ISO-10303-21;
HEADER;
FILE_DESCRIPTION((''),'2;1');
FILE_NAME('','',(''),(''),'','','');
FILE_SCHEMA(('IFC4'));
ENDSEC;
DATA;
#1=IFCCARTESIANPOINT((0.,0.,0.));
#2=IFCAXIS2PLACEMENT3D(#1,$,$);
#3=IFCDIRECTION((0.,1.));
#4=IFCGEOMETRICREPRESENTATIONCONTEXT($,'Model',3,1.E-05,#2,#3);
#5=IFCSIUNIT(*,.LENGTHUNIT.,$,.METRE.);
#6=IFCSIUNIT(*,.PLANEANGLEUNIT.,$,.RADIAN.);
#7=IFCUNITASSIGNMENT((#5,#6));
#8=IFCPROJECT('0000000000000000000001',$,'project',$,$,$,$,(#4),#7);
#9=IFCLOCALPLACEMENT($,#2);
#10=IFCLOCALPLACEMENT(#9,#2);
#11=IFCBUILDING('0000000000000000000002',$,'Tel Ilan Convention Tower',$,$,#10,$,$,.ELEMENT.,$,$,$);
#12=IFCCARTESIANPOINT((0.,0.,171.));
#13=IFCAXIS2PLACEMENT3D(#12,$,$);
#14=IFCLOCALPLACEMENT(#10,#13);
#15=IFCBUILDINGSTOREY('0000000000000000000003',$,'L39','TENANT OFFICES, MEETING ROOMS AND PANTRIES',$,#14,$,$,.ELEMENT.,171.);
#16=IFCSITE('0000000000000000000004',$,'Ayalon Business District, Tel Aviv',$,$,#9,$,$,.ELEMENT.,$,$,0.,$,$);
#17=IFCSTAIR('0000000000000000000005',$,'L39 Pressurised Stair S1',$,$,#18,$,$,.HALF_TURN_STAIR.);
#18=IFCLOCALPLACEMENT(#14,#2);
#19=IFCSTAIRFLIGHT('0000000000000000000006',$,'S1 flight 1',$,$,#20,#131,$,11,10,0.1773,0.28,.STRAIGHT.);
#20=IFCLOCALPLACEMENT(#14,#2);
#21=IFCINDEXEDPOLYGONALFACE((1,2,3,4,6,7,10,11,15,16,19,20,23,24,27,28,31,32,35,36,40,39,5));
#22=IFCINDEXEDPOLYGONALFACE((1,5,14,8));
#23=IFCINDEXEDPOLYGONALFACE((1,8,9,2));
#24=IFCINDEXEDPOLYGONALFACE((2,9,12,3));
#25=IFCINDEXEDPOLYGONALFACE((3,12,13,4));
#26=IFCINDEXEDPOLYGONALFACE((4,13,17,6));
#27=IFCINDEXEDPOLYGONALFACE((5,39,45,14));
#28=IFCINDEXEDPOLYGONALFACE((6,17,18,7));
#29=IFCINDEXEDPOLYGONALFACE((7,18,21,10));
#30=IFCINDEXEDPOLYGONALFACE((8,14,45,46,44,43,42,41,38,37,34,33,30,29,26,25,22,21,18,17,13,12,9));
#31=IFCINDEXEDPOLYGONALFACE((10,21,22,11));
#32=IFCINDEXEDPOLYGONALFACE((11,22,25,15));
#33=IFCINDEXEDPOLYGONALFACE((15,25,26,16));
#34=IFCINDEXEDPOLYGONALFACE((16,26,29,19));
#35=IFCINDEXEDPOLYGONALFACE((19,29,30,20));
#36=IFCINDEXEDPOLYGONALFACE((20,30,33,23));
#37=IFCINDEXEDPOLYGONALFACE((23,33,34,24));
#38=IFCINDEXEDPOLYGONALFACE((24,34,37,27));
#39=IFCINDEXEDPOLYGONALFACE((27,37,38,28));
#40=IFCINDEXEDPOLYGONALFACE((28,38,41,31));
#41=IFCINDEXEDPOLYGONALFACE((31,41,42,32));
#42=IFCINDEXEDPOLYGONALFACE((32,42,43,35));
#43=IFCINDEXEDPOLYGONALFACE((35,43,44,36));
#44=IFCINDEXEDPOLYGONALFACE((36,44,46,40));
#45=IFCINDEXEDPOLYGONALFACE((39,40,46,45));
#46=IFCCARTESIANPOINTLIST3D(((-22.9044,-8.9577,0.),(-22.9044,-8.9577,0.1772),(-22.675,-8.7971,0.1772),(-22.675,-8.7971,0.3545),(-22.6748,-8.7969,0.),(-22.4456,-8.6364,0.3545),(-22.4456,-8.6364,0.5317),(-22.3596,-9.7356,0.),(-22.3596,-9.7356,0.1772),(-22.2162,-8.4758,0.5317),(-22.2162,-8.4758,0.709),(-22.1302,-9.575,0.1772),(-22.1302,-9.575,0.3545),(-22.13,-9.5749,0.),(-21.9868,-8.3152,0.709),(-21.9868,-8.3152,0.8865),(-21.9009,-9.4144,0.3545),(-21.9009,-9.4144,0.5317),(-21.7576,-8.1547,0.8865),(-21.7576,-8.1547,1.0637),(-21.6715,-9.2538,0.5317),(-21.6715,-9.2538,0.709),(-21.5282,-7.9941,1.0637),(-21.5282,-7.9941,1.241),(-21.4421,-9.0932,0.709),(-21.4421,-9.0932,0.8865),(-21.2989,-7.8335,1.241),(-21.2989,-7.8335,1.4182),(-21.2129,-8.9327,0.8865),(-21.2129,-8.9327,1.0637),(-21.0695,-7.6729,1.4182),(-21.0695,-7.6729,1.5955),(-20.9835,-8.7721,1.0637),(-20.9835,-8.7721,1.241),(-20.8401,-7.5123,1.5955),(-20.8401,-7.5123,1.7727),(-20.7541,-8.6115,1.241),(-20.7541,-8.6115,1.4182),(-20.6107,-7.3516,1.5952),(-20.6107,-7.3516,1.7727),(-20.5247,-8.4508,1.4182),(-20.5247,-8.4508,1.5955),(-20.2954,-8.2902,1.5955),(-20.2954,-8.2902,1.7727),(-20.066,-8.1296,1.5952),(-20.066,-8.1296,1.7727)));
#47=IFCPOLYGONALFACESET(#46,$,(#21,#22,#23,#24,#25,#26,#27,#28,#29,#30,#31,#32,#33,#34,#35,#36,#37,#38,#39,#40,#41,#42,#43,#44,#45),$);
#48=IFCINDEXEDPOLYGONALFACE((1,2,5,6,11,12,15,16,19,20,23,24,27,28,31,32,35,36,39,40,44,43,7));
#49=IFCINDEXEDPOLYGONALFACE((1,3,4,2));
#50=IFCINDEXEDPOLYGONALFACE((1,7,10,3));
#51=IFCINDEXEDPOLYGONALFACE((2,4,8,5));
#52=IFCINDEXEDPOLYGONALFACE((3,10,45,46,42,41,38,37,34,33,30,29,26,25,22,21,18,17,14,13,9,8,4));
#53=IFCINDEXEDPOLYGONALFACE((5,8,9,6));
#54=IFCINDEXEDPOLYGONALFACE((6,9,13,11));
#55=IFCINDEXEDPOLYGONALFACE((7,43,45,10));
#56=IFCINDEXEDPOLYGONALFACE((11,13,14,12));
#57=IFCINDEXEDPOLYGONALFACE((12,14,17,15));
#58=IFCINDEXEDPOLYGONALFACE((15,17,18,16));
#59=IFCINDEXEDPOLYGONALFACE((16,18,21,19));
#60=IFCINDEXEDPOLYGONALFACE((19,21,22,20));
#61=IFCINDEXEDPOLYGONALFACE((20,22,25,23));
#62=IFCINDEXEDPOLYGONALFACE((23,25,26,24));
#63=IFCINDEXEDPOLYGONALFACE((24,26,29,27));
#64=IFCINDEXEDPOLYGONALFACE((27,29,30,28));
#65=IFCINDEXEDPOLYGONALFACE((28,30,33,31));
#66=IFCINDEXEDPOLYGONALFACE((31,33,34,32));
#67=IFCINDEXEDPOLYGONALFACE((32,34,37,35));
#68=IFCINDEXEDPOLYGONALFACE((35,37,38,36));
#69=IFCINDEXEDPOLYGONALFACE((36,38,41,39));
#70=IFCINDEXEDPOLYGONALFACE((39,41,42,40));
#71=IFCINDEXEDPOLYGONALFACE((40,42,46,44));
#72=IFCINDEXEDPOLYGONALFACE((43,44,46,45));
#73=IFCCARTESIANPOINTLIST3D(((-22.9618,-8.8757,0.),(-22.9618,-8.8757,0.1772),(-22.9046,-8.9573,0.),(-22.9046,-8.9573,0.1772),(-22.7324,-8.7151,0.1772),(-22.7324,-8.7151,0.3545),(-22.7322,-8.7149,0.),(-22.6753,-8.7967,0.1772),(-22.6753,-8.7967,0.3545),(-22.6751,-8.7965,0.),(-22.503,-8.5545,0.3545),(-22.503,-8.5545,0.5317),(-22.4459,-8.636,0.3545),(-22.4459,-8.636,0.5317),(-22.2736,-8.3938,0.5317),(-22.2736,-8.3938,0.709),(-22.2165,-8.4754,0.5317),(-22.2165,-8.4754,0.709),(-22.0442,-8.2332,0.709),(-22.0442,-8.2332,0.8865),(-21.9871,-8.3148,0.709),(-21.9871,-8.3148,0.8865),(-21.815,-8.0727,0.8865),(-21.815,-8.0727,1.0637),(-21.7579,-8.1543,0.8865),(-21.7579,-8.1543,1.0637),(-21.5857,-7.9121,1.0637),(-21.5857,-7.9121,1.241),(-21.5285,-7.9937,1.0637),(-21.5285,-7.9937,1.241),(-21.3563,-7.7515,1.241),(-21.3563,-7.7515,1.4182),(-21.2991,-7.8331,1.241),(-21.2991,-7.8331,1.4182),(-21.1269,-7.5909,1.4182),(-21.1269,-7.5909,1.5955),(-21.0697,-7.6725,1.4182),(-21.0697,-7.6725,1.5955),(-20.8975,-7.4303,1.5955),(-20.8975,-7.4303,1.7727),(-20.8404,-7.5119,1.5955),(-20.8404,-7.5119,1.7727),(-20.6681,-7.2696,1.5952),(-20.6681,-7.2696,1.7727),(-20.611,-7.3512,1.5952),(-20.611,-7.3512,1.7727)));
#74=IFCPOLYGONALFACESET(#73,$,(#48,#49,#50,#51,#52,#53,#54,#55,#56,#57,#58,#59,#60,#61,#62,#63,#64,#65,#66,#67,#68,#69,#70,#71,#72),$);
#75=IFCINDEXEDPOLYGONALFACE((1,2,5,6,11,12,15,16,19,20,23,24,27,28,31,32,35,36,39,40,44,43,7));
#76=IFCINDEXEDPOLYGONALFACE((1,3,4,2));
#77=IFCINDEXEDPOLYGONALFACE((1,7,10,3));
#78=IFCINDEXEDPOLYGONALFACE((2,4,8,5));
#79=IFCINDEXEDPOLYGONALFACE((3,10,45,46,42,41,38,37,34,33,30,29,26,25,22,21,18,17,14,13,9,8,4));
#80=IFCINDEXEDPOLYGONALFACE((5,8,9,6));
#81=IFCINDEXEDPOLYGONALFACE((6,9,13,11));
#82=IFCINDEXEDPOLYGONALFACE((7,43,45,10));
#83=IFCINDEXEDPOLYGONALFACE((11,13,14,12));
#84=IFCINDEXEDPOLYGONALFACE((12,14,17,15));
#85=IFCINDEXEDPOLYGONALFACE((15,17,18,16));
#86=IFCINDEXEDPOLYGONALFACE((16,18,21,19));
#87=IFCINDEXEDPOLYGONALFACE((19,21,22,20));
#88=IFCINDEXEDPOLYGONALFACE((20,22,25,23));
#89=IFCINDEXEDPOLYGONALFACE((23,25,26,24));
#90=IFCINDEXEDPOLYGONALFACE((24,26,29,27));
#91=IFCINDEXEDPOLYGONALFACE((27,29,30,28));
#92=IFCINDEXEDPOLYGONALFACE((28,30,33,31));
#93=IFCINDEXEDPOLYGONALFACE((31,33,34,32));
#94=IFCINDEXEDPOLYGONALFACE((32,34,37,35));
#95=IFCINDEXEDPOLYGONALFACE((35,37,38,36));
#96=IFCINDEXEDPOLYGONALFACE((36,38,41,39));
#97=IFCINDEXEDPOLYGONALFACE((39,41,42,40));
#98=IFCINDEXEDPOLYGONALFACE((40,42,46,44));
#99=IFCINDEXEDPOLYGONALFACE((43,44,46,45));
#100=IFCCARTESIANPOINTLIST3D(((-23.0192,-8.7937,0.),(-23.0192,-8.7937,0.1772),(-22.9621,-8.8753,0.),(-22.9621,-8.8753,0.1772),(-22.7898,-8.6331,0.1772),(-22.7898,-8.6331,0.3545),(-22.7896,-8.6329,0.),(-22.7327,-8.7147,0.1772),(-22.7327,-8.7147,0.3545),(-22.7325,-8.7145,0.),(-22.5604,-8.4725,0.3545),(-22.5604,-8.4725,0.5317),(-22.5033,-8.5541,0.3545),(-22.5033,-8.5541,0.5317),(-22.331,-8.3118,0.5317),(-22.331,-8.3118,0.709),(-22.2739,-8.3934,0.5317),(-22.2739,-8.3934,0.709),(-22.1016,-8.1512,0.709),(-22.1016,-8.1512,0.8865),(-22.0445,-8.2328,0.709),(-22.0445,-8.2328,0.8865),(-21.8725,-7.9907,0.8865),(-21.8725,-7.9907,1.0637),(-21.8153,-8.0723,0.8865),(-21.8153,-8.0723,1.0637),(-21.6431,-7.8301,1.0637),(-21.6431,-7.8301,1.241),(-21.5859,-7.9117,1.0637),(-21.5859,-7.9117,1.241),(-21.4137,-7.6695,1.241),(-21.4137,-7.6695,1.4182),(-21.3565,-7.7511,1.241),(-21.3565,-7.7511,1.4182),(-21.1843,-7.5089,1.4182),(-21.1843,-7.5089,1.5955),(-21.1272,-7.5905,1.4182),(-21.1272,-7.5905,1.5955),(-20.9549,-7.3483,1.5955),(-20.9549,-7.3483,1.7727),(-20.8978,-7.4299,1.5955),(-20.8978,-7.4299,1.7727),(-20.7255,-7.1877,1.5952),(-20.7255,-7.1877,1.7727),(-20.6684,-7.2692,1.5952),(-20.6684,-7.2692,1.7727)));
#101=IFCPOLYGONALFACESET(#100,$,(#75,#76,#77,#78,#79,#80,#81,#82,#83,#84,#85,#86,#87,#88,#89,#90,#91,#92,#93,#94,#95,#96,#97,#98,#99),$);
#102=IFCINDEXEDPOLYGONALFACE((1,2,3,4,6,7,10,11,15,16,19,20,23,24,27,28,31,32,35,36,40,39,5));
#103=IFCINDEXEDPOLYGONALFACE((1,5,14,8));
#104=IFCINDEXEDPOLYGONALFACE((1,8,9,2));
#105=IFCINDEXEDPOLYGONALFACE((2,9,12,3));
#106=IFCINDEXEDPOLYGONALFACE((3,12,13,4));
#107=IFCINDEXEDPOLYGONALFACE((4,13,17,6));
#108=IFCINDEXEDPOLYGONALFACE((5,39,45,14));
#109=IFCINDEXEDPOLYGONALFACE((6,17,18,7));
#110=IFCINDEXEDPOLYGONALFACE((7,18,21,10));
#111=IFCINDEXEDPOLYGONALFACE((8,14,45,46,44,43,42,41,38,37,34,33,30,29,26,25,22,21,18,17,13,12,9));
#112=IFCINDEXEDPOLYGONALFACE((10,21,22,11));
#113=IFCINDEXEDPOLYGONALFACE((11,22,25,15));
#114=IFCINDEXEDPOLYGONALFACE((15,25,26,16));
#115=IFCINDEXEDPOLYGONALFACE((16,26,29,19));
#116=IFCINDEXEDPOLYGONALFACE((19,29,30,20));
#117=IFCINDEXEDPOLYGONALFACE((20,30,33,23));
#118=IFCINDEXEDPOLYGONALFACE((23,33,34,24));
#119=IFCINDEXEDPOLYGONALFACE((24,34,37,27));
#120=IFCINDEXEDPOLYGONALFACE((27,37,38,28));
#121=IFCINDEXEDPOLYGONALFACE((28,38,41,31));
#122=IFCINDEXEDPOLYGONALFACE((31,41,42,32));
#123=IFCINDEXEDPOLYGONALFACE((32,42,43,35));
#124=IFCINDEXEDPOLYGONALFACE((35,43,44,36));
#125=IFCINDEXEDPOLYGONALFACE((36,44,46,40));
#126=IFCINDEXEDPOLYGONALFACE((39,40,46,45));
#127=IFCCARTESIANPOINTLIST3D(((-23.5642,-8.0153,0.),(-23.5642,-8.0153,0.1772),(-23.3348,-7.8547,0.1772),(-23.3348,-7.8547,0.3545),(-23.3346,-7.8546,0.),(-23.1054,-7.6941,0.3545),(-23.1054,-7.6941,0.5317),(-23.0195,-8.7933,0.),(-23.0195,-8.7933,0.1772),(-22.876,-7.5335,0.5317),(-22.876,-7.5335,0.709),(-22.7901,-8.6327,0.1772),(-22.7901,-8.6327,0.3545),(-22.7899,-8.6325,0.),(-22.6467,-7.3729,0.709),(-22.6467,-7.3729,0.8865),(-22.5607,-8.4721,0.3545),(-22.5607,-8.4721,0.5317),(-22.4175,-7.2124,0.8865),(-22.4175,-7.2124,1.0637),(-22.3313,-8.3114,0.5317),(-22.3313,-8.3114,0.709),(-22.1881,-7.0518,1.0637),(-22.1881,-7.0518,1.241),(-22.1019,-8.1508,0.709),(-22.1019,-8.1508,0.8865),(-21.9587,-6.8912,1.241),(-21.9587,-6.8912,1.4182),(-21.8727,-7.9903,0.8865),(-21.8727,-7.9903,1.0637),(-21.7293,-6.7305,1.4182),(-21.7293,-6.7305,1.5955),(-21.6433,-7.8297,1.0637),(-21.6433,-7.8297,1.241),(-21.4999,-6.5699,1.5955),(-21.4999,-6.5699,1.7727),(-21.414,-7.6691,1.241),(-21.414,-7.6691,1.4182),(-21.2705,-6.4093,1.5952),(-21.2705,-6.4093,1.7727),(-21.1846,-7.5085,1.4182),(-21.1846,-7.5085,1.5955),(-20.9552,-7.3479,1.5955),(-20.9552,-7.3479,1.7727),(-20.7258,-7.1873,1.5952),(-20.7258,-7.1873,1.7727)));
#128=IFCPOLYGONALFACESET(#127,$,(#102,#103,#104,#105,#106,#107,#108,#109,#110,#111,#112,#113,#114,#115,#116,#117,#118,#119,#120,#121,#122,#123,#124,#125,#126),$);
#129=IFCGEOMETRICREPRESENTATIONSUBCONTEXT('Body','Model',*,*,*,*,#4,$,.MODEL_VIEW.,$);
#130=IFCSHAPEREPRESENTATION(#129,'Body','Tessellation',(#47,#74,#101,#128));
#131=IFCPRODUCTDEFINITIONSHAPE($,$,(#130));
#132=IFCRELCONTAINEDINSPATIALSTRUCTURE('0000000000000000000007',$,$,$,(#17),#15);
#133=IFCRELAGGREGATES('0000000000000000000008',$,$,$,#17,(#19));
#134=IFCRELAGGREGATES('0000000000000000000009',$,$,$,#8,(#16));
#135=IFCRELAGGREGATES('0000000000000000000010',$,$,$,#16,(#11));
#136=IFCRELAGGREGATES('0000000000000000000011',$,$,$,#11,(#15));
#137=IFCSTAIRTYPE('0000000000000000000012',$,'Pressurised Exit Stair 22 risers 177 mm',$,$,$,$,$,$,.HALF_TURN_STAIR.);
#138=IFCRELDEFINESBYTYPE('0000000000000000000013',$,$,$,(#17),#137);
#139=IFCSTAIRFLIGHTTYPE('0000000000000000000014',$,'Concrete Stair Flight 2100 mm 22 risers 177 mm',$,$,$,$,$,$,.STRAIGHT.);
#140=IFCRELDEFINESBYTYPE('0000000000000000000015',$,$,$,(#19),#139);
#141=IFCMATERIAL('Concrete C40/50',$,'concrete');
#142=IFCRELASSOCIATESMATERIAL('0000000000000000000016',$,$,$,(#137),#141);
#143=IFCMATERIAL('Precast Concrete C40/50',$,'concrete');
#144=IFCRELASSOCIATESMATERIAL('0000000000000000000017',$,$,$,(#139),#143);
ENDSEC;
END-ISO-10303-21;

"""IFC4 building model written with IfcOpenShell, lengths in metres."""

from ifc_helpers import new_model, si_unit, direction, frame, origin, place, context, subcontext, project, spatial, polyline, outline, extrude, material, type_object, element, aggregate, save


model = new_model("IFC4")

# Units and contexts
model_context = context("Model", 3, precision=1e-05, world=origin(), true_north=direction((0.0, 1.0)))
body_context = subcontext(model_context, "Body", "Model", "MODEL_VIEW")
ifc_project = project(units=[si_unit("LENGTHUNIT", "METRE"), si_unit("PLANEANGLEUNIT", "RADIAN")], contexts=[model_context])

# Site, building, storey
site_placement = place(None, origin())
site = spatial("IfcSite", under=ifc_project, at=site_placement, Name="Ayalon Business District, Tel Aviv", CompositionType="ELEMENT", RefElevation=0.0)
building_placement = place(site_placement, origin())
building = spatial("IfcBuilding", under=site, at=building_placement, Name="Tel Ilan Convention Tower", CompositionType="ELEMENT")
storey_placement = place(building_placement, frame((0.0, 0.0, 171.0)))
storey = spatial("IfcBuildingStorey", under=building, at=storey_placement, Name="L39", Description="TENANT OFFICES, MEETING ROOMS AND PANTRIES", CompositionType="ELEMENT", Elevation=171.0)

# Stair, stair flight
ifc_material_1 = material(Name="Concrete C40/50", Category="concrete")
stair_type = type_object("IfcStairType", Name="Pressurised Exit Stair 22 risers 177 mm", PredefinedType="HALF_TURN_STAIR", material=ifc_material_1)
stair_1_placement = place(storey_placement, origin())
stair_1 = element("IfcStair", 1, at=stair_1_placement, inside=storey, type_object=stair_type, Name="L39 Pressurised Stair S1", PredefinedType="HALF_TURN_STAIR")
ifc_material_2 = material(Name="Precast Concrete C40/50", Category="concrete")
stair_flight_type = type_object("IfcStairFlightType", Name="Concrete Stair Flight 2100 mm 22 risers 177 mm", PredefinedType="STRAIGHT", material=ifc_material_2)
stair_flight_1_placement = place(storey_placement, frame((-22.9619, -8.8755, 0.0), z_axis=(0.0, 0.0, 1.0), x_axis=(0.819152, 0.573576, 0.0)))
stair_flight_1 = element("IfcStairFlight", 2, at=stair_flight_1_placement, type_object=stair_flight_type, Name="S1 flight 1", NumberOfRisers=11, NumberOfTreads=10, PredefinedType="STRAIGHT", RiserHeight=0.1773, TreadLength=0.28, context=body_context, shape_type="SweptSolid", body=[
    extrude(outline(polyline([(0.0, 0.0), (0.0, 0.1772), (0.28, 0.1772), (0.28, 0.3545), (0.5601, 0.3545), (0.5601, 0.5317), (0.8401, 0.5317), (0.8401, 0.709), (1.1201, 0.709), (1.1201, 0.8865), (1.3999, 0.8865), (1.3999, 1.0637), (1.6799, 1.0637), (1.6799, 1.241), (1.96, 1.241), (1.96, 1.4182), (2.24, 1.4182), (2.24, 1.5955), (2.52, 1.5955), (2.52, 1.7727), (2.8, 1.7727), (2.8, 1.95), (2.8, 1.5952), (0.2803, 0.0), (0.0, 0.0)])), frame((0.0, -0.1003, 0.0), z_axis=(0.0, -1.0, 0.0), x_axis=(1.0, 0.0, 0.0)), (0.0, 0.0, 1.0), 0.9497),
    extrude(outline(polyline([(0.0, 0.0), (0.0, 0.1772), (0.28, 0.1772), (0.28, 0.3545), (0.5601, 0.3545), (0.5601, 0.5317), (0.8401, 0.5317), (0.8401, 0.709), (1.1201, 0.709), (1.1201, 0.8865), (1.3999, 0.8865), (1.3999, 1.0637), (1.6799, 1.0637), (1.6799, 1.241), (1.96, 1.241), (1.96, 1.4182), (2.24, 1.4182), (2.24, 1.5955), (2.52, 1.5955), (2.52, 1.7727), (2.8, 1.7727), (2.8, 1.95), (2.8, 1.5952), (0.2803, 0.0), (0.0, 0.0)])), frame((0.0, -0.0002, 0.0), z_axis=(0.0, -1.0, 0.0), x_axis=(1.0, 0.0, 0.0)), (0.0, 0.0, 1.0), 0.0996),
    extrude(outline(polyline([(0.0, 0.0), (0.0, 0.1772), (0.28, 0.1772), (0.28, 0.3545), (0.5601, 0.3545), (0.5601, 0.5317), (0.8401, 0.5317), (0.8401, 0.709), (1.1201, 0.709), (1.1201, 0.8865), (1.3999, 0.8865), (1.3999, 1.0637), (1.6799, 1.0637), (1.6799, 1.241), (1.96, 1.241), (1.96, 1.4182), (2.24, 1.4182), (2.24, 1.5955), (2.52, 1.5955), (2.52, 1.7727), (2.8, 1.7727), (2.8, 1.95), (2.8, 1.5952), (0.2803, 0.0), (0.0, 0.0)])), frame((0.0, 0.0999, 0.0), z_axis=(0.0, -1.0, 0.0), x_axis=(1.0, 0.0, 0.0)), (0.0, 0.0, 1.0), 0.0996),
    extrude(outline(polyline([(0.0, 0.0), (0.0, 0.1772), (0.28, 0.1772), (0.28, 0.3545), (0.5601, 0.3545), (0.5601, 0.5317), (0.8401, 0.5317), (0.8401, 0.709), (1.1201, 0.709), (1.1201, 0.8865), (1.3999, 0.8865), (1.3999, 1.0637), (1.6799, 1.0637), (1.6799, 1.241), (1.96, 1.241), (1.96, 1.4182), (2.24, 1.4182), (2.24, 1.5955), (2.52, 1.5955), (2.52, 1.7727), (2.8, 1.7727), (2.8, 1.95), (2.8, 1.5952), (0.2803, 0.0), (0.0, 0.0)])), frame((0.0, 1.05, 0.0), z_axis=(0.0, -1.0, 0.0), x_axis=(1.0, 0.0, 0.0)), (0.0, 0.0, 1.0), 0.9497),
])
aggregate(stair_1, [stair_flight_1])

save(model, "model.ifc")
